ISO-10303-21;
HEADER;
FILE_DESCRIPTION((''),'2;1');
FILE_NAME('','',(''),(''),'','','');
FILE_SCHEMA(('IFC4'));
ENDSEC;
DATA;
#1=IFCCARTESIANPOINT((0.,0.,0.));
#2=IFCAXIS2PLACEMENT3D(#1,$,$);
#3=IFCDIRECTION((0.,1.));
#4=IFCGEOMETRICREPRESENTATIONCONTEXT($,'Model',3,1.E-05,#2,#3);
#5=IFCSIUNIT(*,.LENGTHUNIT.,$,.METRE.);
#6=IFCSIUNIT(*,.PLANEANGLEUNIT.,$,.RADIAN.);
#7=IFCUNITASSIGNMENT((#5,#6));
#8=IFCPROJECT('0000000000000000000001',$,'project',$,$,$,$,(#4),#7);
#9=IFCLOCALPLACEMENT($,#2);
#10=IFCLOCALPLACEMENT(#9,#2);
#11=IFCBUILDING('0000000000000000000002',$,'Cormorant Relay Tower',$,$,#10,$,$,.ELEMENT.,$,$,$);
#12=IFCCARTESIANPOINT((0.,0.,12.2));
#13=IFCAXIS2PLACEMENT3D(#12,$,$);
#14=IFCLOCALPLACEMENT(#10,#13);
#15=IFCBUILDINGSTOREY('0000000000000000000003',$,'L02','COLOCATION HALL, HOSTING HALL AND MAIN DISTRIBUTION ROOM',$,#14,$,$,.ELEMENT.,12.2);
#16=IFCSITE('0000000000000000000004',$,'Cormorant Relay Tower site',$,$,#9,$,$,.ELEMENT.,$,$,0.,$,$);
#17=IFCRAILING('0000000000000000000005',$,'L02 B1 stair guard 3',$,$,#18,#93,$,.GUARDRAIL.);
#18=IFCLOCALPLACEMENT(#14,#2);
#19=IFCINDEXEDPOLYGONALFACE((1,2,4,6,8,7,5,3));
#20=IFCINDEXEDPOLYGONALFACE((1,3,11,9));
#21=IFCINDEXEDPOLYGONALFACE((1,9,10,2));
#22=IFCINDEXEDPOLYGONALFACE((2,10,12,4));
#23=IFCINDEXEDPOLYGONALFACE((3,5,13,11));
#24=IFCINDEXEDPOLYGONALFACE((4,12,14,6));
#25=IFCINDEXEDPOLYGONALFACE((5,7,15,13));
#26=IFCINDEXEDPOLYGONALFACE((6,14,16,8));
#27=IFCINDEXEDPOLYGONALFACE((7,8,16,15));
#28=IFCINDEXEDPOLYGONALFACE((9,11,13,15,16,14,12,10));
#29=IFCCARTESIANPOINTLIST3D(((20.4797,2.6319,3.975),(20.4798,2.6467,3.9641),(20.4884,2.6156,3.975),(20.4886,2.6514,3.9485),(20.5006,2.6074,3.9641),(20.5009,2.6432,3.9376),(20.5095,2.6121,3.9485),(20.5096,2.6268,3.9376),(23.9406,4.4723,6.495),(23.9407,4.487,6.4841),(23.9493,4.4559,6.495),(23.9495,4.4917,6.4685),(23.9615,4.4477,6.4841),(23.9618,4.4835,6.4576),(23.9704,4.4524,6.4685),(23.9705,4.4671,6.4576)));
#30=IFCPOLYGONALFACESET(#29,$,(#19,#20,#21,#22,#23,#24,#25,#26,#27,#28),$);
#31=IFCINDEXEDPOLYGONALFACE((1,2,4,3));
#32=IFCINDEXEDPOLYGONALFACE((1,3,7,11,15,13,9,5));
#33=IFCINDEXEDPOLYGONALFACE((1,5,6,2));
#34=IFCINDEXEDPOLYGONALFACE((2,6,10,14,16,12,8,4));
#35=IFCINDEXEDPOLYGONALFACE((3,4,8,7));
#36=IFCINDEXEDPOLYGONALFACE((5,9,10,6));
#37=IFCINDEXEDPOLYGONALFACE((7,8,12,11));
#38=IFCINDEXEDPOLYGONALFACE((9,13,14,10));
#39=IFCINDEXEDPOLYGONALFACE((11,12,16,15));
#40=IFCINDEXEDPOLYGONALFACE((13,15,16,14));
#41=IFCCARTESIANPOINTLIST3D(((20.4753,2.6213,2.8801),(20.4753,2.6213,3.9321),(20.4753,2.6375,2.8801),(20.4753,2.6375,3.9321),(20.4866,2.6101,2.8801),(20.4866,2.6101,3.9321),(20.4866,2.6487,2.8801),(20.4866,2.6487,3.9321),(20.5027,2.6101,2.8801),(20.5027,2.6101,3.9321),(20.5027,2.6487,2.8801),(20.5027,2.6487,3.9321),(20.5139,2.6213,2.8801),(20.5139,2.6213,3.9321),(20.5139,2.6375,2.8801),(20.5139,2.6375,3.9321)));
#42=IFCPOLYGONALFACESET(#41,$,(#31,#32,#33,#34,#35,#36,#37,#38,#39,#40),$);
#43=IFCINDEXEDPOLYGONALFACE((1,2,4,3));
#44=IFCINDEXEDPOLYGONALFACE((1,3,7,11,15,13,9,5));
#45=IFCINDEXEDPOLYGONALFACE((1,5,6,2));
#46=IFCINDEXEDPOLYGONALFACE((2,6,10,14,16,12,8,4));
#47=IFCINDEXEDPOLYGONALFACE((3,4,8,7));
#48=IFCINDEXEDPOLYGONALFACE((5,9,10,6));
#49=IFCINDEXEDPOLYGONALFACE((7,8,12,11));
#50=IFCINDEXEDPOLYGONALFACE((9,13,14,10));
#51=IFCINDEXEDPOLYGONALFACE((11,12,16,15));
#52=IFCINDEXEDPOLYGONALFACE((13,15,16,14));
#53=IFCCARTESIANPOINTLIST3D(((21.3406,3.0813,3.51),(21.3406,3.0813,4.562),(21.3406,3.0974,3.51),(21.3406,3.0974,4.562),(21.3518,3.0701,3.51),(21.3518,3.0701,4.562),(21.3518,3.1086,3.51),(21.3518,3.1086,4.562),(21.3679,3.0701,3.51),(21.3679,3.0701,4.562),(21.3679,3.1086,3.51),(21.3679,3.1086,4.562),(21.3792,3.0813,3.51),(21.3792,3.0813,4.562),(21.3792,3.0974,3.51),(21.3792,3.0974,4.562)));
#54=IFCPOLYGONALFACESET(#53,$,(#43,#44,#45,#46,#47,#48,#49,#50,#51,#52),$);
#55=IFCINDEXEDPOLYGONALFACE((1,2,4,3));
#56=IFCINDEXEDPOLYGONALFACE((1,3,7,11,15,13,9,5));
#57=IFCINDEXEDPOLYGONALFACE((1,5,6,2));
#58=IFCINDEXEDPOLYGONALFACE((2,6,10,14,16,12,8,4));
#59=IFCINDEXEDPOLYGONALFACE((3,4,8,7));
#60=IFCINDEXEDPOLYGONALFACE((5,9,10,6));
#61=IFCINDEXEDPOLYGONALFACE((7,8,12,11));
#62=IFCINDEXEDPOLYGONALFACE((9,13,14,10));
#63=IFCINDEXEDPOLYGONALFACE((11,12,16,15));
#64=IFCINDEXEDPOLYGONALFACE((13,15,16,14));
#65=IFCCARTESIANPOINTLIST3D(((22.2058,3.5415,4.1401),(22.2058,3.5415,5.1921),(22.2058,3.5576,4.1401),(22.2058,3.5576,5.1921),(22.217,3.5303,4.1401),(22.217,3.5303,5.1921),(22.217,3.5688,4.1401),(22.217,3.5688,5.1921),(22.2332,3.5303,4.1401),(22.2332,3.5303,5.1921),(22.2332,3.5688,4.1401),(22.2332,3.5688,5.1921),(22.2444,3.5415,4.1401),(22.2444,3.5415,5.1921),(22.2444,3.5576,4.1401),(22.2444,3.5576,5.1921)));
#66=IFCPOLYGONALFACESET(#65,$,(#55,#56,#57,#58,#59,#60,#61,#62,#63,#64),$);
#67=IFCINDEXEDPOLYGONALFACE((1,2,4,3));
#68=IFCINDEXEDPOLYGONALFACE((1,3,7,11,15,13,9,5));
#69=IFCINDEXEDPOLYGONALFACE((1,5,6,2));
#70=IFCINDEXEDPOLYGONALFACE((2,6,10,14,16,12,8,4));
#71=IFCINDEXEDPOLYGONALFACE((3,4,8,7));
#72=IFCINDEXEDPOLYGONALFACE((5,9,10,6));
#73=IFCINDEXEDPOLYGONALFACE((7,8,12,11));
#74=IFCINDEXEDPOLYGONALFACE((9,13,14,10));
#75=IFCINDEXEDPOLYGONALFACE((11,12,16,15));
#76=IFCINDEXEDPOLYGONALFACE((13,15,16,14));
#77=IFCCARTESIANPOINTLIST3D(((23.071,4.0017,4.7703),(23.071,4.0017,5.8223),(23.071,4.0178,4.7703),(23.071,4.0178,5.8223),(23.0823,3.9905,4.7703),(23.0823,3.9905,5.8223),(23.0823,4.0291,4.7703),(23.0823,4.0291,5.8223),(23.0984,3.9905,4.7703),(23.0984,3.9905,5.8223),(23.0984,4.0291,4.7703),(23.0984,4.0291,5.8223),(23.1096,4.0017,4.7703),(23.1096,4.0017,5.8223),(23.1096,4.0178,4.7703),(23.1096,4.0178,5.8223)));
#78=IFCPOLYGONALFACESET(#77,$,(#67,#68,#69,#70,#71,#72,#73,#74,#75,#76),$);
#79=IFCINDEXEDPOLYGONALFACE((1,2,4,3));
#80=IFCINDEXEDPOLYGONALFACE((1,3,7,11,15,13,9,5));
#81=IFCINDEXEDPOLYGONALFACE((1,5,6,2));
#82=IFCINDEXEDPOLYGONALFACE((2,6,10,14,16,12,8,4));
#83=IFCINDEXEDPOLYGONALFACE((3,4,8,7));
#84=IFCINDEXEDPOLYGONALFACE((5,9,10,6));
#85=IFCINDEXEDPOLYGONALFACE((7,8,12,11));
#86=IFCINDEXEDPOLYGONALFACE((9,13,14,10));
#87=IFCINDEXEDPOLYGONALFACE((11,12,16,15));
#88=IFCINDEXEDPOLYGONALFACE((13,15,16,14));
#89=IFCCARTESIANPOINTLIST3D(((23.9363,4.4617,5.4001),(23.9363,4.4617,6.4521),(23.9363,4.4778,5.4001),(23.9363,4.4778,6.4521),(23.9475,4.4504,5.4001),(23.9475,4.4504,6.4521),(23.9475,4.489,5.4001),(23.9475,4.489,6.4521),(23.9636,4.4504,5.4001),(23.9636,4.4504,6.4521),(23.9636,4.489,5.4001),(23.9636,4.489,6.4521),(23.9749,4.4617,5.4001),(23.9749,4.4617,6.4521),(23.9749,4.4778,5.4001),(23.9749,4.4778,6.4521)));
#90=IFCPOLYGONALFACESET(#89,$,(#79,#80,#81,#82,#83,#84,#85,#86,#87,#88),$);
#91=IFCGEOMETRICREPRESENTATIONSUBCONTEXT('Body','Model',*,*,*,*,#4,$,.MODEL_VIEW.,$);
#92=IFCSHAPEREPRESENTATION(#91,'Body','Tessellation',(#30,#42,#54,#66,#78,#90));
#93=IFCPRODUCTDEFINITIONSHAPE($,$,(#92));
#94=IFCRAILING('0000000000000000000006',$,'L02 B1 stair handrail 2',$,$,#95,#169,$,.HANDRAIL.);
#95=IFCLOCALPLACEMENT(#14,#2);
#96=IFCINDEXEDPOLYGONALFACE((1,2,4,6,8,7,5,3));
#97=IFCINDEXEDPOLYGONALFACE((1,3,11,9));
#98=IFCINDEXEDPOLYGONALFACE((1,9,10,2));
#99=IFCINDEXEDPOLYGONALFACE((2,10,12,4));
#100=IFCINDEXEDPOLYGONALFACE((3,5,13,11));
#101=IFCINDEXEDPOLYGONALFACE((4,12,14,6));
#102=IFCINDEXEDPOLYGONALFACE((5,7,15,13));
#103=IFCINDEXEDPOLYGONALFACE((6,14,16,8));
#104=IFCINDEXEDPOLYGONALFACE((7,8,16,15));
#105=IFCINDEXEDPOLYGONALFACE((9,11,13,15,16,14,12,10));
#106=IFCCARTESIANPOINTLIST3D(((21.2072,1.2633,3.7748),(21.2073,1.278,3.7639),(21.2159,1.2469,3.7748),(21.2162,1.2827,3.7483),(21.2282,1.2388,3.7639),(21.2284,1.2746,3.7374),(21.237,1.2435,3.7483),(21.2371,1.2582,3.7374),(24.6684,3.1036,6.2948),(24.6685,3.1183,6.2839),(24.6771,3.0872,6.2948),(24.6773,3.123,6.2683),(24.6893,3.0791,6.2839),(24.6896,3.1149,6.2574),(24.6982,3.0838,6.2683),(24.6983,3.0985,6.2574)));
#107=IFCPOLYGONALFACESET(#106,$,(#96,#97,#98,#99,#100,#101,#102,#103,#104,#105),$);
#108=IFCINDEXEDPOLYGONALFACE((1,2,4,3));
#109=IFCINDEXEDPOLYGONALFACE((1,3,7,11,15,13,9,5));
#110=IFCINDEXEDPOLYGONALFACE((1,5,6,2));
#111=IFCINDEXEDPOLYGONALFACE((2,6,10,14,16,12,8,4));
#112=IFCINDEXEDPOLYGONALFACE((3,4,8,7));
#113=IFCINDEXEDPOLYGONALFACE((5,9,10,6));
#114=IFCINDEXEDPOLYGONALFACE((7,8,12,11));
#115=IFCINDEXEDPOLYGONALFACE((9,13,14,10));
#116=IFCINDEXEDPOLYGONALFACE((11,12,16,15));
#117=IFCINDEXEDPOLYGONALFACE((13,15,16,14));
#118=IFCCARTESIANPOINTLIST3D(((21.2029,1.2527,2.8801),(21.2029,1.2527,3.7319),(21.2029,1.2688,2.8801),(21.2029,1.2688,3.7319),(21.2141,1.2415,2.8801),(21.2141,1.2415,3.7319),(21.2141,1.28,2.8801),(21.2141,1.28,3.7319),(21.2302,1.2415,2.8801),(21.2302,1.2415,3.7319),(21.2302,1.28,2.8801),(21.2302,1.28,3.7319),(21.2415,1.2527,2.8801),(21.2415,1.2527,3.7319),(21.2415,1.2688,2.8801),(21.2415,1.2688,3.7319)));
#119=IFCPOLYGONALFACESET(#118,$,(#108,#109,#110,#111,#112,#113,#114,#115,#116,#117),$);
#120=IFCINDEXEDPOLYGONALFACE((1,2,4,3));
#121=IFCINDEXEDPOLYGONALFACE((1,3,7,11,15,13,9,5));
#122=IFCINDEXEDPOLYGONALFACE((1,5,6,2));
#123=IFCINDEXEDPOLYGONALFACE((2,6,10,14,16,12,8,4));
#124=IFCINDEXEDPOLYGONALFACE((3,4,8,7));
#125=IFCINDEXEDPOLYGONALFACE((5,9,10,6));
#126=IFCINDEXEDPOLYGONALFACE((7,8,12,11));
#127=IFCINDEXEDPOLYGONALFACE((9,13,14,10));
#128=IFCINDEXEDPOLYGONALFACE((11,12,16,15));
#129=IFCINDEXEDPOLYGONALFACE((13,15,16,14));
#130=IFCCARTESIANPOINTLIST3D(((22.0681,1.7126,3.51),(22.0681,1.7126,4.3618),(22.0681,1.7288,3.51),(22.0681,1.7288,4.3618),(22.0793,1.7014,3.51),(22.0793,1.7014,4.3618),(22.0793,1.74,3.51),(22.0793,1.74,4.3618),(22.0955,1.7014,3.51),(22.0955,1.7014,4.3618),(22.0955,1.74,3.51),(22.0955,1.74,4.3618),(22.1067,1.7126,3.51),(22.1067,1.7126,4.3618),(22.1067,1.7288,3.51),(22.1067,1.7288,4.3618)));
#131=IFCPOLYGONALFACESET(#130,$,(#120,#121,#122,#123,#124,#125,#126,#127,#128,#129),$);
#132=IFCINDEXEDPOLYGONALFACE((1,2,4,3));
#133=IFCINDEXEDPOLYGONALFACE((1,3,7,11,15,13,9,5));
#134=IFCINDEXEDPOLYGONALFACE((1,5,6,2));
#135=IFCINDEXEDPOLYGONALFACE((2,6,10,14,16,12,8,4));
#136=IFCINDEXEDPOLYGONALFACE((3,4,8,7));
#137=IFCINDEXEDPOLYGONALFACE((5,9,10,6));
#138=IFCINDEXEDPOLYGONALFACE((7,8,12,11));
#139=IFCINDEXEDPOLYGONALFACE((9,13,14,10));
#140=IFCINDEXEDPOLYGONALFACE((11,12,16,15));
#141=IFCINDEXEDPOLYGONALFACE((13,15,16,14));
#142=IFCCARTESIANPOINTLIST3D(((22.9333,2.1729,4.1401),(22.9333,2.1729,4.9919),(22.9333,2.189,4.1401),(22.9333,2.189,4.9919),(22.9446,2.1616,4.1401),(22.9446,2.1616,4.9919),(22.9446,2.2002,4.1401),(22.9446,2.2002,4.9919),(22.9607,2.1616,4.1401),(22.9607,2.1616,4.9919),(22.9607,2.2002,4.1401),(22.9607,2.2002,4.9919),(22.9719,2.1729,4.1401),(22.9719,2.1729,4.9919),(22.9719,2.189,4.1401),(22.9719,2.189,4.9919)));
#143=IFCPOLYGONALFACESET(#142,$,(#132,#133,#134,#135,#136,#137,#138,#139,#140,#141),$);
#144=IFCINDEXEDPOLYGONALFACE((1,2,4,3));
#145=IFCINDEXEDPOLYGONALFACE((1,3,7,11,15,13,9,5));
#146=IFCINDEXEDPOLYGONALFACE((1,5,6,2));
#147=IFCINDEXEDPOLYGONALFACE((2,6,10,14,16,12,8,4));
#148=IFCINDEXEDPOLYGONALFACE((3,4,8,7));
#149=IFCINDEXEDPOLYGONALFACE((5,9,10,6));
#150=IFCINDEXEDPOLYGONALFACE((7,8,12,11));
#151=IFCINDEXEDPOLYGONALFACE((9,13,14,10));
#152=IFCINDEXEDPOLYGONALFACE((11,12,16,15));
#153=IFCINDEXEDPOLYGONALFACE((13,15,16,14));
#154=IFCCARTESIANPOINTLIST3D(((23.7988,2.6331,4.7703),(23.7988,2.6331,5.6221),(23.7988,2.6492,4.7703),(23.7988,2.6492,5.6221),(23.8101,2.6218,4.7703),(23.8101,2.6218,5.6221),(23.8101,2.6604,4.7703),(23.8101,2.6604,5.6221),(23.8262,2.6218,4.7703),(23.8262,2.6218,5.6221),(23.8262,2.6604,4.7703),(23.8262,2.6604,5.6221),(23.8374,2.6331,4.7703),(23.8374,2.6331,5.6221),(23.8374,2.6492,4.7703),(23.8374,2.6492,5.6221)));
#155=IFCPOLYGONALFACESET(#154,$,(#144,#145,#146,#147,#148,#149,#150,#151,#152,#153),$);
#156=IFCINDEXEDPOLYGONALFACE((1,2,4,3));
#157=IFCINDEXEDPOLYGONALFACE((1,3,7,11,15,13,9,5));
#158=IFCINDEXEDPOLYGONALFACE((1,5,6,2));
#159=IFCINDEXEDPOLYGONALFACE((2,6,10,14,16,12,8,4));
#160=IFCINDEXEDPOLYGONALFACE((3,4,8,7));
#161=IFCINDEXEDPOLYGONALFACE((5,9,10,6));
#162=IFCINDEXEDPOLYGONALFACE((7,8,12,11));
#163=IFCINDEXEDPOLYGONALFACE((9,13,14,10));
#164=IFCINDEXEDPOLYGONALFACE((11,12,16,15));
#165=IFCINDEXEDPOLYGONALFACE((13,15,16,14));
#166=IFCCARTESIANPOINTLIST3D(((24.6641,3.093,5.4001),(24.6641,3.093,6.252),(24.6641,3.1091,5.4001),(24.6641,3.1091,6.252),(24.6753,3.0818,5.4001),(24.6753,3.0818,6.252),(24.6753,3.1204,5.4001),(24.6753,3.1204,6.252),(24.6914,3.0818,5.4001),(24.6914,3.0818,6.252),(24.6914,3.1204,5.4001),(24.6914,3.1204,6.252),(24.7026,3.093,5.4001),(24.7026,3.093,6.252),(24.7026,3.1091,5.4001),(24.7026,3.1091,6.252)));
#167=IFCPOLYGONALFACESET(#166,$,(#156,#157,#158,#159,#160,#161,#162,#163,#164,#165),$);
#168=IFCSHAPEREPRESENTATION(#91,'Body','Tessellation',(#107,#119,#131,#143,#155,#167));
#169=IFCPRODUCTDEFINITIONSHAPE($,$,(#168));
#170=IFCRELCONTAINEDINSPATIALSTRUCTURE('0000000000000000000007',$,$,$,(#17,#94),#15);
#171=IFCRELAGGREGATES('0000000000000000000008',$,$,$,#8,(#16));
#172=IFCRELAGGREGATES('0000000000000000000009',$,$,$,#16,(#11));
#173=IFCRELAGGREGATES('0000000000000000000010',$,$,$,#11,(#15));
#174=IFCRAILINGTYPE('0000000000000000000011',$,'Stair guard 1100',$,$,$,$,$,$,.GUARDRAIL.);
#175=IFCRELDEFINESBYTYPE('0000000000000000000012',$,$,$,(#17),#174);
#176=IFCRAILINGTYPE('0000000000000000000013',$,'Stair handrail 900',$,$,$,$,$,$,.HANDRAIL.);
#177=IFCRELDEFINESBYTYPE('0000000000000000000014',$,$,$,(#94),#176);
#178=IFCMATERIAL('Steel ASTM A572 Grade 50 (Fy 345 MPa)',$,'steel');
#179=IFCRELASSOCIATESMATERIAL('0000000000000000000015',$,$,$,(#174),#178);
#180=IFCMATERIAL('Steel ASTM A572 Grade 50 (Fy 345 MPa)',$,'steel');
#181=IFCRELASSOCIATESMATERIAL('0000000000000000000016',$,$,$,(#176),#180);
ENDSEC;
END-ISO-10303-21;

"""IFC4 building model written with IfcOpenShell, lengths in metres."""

from ifc_helpers import new_model, si_unit, direction, frame, origin, place, context, subcontext, project, spatial, polyline, outline, extrude, material, type_object, element, save


model = new_model("IFC4")

# Units and contexts
model_context = context("Model", 3, precision=1e-05, world=origin(), true_north=direction((0.0, 1.0)))
body_context = subcontext(model_context, "Body", "Model", "MODEL_VIEW")
ifc_project = project(units=[si_unit("LENGTHUNIT", "METRE"), si_unit("PLANEANGLEUNIT", "RADIAN")], contexts=[model_context])

# Site, building, storey
site_placement = place(None, origin())
site = spatial("IfcSite", under=ifc_project, at=site_placement, Name="Cormorant Relay Tower site", CompositionType="ELEMENT", RefElevation=0.0)
building_placement = place(site_placement, origin())
building = spatial("IfcBuilding", under=site, at=building_placement, Name="Cormorant Relay Tower", CompositionType="ELEMENT")
storey_placement = place(building_placement, frame((0.0, 0.0, 12.2)))
storey = spatial("IfcBuildingStorey", under=building, at=storey_placement, Name="L02", Description="COLOCATION HALL, HOSTING HALL AND MAIN DISTRIBUTION ROOM", CompositionType="ELEMENT", Elevation=12.2)

# Railings
ifc_material_1 = material(Name="Steel ASTM A572 Grade 50 (Fy 345 MPa)", Category="steel")
railing_type_1 = type_object("IfcRailingType", Name="Stair guard 1100", PredefinedType="GUARDRAIL", material=ifc_material_1)
railing_1_placement = place(storey_placement, frame((20.4946, 2.6294, 2.8801)))
element("IfcRailing", 1, at=railing_1_placement, inside=storey, type_object=railing_type_1, Name="L02 B1 stair guard 3", PredefinedType="GUARDRAIL", context=body_context, shape_type="SweptSolid", body=[
    extrude(outline(polyline([(0.0222, 0.0093), (0.0093, 0.0222), (-0.0093, 0.0222), (-0.0222, 0.0093), (-0.0222, -0.0093), (-0.0093, -0.0222), (0.0093, -0.0222), (0.0222, -0.0093), (0.0222, 0.0093)])), frame((0.0, 0.0, 1.0762), z_axis=(0.742694, 0.394923, 0.540779), x_axis=(-0.469495, 0.882935, 0.0)), (0.0, 0.0, 1.0), 4.6599),
    extrude(outline(polyline([(0.0193, 0.0081), (0.0081, 0.0193), (-0.0081, 0.0193), (-0.0193, 0.0081), (-0.0193, -0.0081), (-0.0081, -0.0193), (0.0081, -0.0193), (0.0193, -0.0081), (0.0193, 0.0081)])), origin(), (0.0, 0.0, 1.0), 1.052),
    extrude(outline(polyline([(0.0193, 0.0081), (0.0081, 0.0193), (-0.0081, 0.0193), (-0.0193, 0.0081), (-0.0193, -0.0081), (-0.0081, -0.0193), (0.0081, -0.0193), (0.0193, -0.0081), (0.0193, 0.0081)])), frame((0.8652, 0.46, 0.6299)), (0.0, 0.0, 1.0), 1.052),
    extrude(outline(polyline([(0.0193, 0.0081), (0.0081, 0.0193), (-0.0081, 0.0193), (-0.0193, 0.0081), (-0.0193, -0.0081), (-0.0081, -0.0193), (0.0081, -0.0193), (0.0193, -0.0081), (0.0193, 0.0081)])), frame((1.7305, 0.9202, 1.26)), (0.0, 0.0, 1.0), 1.052),
    extrude(outline(polyline([(0.0193, 0.0081), (0.0081, 0.0193), (-0.0081, 0.0193), (-0.0193, 0.0081), (-0.0193, -0.0081), (-0.0081, -0.0193), (0.0081, -0.0193), (0.0193, -0.0081), (0.0193, 0.0081)])), frame((2.5957, 1.3804, 1.8901)), (0.0, 0.0, 1.0), 1.052),
    extrude(outline(polyline([(0.0193, 0.0081), (0.0081, 0.0193), (-0.0081, 0.0193), (-0.0193, 0.0081), (-0.0193, -0.0081), (-0.0081, -0.0193), (0.0081, -0.0193), (0.0193, -0.0081), (0.0193, 0.0081)])), frame((3.4609, 1.8403, 2.52)), (0.0, 0.0, 1.0), 1.052),
])
ifc_material_2 = material(Name="Steel ASTM A572 Grade 50 (Fy 345 MPa)", Category="steel")
railing_type_2 = type_object("IfcRailingType", Name="Stair handrail 900", PredefinedType="HANDRAIL", material=ifc_material_2)
railing_2_placement = place(storey_placement, frame((21.2222, 1.2607, 2.8801)))
element("IfcRailing", 2, at=railing_2_placement, inside=storey, type_object=railing_type_2, Name="L02 B1 stair handrail 2", PredefinedType="HANDRAIL", context=body_context, shape_type="SweptSolid", body=[
    extrude(outline(polyline([(0.0222, 0.0093), (0.0093, 0.0222), (-0.0093, 0.0222), (-0.0222, 0.0093), (-0.0222, -0.0093), (-0.0093, -0.0222), (0.0093, -0.0222), (0.0222, -0.0093), (0.0222, 0.0093)])), frame((0.0, 0.0, 0.876), z_axis=(0.742717, 0.394907, 0.540758), x_axis=(-0.469469, 0.882949, 0.0)), (0.0, 0.0, 1.0), 4.6602),
    extrude(outline(polyline([(0.0193, 0.0081), (0.0081, 0.0193), (-0.0081, 0.0193), (-0.0193, 0.0081), (-0.0193, -0.0081), (-0.0081, -0.0193), (0.0081, -0.0193), (0.0193, -0.0081), (0.0193, 0.0081)])), origin(), (0.0, 0.0, 1.0), 0.8518),
    extrude(outline(polyline([(0.0193, 0.0081), (0.0081, 0.0193), (-0.0081, 0.0193), (-0.0193, 0.0081), (-0.0193, -0.0081), (-0.0081, -0.0193), (0.0081, -0.0193), (0.0193, -0.0081), (0.0193, 0.0081)])), frame((0.8652, 0.46, 0.6299)), (0.0, 0.0, 1.0), 0.8518),
    extrude(outline(polyline([(0.0193, 0.0081), (0.0081, 0.0193), (-0.0081, 0.0193), (-0.0193, 0.0081), (-0.0193, -0.0081), (-0.0081, -0.0193), (0.0081, -0.0193), (0.0193, -0.0081), (0.0193, 0.0081)])), frame((1.7305, 0.9202, 1.26)), (0.0, 0.0, 1.0), 0.8518),
    extrude(outline(polyline([(0.0193, 0.0081), (0.0081, 0.0193), (-0.0081, 0.0193), (-0.0193, 0.0081), (-0.0193, -0.0081), (-0.0081, -0.0193), (0.0081, -0.0193), (0.0193, -0.0081), (0.0193, 0.0081)])), frame((2.5959, 1.3804, 1.8901)), (0.0, 0.0, 1.0), 0.8518),
    extrude(outline(polyline([(0.0193, 0.0081), (0.0081, 0.0193), (-0.0081, 0.0193), (-0.0193, 0.0081), (-0.0193, -0.0081), (-0.0081, -0.0193), (0.0081, -0.0193), (0.0193, -0.0081), (0.0193, 0.0081)])), frame((3.4612, 1.8403, 2.52)), (0.0, 0.0, 1.0), 0.8518),
])

save(model, "model.ifc")
